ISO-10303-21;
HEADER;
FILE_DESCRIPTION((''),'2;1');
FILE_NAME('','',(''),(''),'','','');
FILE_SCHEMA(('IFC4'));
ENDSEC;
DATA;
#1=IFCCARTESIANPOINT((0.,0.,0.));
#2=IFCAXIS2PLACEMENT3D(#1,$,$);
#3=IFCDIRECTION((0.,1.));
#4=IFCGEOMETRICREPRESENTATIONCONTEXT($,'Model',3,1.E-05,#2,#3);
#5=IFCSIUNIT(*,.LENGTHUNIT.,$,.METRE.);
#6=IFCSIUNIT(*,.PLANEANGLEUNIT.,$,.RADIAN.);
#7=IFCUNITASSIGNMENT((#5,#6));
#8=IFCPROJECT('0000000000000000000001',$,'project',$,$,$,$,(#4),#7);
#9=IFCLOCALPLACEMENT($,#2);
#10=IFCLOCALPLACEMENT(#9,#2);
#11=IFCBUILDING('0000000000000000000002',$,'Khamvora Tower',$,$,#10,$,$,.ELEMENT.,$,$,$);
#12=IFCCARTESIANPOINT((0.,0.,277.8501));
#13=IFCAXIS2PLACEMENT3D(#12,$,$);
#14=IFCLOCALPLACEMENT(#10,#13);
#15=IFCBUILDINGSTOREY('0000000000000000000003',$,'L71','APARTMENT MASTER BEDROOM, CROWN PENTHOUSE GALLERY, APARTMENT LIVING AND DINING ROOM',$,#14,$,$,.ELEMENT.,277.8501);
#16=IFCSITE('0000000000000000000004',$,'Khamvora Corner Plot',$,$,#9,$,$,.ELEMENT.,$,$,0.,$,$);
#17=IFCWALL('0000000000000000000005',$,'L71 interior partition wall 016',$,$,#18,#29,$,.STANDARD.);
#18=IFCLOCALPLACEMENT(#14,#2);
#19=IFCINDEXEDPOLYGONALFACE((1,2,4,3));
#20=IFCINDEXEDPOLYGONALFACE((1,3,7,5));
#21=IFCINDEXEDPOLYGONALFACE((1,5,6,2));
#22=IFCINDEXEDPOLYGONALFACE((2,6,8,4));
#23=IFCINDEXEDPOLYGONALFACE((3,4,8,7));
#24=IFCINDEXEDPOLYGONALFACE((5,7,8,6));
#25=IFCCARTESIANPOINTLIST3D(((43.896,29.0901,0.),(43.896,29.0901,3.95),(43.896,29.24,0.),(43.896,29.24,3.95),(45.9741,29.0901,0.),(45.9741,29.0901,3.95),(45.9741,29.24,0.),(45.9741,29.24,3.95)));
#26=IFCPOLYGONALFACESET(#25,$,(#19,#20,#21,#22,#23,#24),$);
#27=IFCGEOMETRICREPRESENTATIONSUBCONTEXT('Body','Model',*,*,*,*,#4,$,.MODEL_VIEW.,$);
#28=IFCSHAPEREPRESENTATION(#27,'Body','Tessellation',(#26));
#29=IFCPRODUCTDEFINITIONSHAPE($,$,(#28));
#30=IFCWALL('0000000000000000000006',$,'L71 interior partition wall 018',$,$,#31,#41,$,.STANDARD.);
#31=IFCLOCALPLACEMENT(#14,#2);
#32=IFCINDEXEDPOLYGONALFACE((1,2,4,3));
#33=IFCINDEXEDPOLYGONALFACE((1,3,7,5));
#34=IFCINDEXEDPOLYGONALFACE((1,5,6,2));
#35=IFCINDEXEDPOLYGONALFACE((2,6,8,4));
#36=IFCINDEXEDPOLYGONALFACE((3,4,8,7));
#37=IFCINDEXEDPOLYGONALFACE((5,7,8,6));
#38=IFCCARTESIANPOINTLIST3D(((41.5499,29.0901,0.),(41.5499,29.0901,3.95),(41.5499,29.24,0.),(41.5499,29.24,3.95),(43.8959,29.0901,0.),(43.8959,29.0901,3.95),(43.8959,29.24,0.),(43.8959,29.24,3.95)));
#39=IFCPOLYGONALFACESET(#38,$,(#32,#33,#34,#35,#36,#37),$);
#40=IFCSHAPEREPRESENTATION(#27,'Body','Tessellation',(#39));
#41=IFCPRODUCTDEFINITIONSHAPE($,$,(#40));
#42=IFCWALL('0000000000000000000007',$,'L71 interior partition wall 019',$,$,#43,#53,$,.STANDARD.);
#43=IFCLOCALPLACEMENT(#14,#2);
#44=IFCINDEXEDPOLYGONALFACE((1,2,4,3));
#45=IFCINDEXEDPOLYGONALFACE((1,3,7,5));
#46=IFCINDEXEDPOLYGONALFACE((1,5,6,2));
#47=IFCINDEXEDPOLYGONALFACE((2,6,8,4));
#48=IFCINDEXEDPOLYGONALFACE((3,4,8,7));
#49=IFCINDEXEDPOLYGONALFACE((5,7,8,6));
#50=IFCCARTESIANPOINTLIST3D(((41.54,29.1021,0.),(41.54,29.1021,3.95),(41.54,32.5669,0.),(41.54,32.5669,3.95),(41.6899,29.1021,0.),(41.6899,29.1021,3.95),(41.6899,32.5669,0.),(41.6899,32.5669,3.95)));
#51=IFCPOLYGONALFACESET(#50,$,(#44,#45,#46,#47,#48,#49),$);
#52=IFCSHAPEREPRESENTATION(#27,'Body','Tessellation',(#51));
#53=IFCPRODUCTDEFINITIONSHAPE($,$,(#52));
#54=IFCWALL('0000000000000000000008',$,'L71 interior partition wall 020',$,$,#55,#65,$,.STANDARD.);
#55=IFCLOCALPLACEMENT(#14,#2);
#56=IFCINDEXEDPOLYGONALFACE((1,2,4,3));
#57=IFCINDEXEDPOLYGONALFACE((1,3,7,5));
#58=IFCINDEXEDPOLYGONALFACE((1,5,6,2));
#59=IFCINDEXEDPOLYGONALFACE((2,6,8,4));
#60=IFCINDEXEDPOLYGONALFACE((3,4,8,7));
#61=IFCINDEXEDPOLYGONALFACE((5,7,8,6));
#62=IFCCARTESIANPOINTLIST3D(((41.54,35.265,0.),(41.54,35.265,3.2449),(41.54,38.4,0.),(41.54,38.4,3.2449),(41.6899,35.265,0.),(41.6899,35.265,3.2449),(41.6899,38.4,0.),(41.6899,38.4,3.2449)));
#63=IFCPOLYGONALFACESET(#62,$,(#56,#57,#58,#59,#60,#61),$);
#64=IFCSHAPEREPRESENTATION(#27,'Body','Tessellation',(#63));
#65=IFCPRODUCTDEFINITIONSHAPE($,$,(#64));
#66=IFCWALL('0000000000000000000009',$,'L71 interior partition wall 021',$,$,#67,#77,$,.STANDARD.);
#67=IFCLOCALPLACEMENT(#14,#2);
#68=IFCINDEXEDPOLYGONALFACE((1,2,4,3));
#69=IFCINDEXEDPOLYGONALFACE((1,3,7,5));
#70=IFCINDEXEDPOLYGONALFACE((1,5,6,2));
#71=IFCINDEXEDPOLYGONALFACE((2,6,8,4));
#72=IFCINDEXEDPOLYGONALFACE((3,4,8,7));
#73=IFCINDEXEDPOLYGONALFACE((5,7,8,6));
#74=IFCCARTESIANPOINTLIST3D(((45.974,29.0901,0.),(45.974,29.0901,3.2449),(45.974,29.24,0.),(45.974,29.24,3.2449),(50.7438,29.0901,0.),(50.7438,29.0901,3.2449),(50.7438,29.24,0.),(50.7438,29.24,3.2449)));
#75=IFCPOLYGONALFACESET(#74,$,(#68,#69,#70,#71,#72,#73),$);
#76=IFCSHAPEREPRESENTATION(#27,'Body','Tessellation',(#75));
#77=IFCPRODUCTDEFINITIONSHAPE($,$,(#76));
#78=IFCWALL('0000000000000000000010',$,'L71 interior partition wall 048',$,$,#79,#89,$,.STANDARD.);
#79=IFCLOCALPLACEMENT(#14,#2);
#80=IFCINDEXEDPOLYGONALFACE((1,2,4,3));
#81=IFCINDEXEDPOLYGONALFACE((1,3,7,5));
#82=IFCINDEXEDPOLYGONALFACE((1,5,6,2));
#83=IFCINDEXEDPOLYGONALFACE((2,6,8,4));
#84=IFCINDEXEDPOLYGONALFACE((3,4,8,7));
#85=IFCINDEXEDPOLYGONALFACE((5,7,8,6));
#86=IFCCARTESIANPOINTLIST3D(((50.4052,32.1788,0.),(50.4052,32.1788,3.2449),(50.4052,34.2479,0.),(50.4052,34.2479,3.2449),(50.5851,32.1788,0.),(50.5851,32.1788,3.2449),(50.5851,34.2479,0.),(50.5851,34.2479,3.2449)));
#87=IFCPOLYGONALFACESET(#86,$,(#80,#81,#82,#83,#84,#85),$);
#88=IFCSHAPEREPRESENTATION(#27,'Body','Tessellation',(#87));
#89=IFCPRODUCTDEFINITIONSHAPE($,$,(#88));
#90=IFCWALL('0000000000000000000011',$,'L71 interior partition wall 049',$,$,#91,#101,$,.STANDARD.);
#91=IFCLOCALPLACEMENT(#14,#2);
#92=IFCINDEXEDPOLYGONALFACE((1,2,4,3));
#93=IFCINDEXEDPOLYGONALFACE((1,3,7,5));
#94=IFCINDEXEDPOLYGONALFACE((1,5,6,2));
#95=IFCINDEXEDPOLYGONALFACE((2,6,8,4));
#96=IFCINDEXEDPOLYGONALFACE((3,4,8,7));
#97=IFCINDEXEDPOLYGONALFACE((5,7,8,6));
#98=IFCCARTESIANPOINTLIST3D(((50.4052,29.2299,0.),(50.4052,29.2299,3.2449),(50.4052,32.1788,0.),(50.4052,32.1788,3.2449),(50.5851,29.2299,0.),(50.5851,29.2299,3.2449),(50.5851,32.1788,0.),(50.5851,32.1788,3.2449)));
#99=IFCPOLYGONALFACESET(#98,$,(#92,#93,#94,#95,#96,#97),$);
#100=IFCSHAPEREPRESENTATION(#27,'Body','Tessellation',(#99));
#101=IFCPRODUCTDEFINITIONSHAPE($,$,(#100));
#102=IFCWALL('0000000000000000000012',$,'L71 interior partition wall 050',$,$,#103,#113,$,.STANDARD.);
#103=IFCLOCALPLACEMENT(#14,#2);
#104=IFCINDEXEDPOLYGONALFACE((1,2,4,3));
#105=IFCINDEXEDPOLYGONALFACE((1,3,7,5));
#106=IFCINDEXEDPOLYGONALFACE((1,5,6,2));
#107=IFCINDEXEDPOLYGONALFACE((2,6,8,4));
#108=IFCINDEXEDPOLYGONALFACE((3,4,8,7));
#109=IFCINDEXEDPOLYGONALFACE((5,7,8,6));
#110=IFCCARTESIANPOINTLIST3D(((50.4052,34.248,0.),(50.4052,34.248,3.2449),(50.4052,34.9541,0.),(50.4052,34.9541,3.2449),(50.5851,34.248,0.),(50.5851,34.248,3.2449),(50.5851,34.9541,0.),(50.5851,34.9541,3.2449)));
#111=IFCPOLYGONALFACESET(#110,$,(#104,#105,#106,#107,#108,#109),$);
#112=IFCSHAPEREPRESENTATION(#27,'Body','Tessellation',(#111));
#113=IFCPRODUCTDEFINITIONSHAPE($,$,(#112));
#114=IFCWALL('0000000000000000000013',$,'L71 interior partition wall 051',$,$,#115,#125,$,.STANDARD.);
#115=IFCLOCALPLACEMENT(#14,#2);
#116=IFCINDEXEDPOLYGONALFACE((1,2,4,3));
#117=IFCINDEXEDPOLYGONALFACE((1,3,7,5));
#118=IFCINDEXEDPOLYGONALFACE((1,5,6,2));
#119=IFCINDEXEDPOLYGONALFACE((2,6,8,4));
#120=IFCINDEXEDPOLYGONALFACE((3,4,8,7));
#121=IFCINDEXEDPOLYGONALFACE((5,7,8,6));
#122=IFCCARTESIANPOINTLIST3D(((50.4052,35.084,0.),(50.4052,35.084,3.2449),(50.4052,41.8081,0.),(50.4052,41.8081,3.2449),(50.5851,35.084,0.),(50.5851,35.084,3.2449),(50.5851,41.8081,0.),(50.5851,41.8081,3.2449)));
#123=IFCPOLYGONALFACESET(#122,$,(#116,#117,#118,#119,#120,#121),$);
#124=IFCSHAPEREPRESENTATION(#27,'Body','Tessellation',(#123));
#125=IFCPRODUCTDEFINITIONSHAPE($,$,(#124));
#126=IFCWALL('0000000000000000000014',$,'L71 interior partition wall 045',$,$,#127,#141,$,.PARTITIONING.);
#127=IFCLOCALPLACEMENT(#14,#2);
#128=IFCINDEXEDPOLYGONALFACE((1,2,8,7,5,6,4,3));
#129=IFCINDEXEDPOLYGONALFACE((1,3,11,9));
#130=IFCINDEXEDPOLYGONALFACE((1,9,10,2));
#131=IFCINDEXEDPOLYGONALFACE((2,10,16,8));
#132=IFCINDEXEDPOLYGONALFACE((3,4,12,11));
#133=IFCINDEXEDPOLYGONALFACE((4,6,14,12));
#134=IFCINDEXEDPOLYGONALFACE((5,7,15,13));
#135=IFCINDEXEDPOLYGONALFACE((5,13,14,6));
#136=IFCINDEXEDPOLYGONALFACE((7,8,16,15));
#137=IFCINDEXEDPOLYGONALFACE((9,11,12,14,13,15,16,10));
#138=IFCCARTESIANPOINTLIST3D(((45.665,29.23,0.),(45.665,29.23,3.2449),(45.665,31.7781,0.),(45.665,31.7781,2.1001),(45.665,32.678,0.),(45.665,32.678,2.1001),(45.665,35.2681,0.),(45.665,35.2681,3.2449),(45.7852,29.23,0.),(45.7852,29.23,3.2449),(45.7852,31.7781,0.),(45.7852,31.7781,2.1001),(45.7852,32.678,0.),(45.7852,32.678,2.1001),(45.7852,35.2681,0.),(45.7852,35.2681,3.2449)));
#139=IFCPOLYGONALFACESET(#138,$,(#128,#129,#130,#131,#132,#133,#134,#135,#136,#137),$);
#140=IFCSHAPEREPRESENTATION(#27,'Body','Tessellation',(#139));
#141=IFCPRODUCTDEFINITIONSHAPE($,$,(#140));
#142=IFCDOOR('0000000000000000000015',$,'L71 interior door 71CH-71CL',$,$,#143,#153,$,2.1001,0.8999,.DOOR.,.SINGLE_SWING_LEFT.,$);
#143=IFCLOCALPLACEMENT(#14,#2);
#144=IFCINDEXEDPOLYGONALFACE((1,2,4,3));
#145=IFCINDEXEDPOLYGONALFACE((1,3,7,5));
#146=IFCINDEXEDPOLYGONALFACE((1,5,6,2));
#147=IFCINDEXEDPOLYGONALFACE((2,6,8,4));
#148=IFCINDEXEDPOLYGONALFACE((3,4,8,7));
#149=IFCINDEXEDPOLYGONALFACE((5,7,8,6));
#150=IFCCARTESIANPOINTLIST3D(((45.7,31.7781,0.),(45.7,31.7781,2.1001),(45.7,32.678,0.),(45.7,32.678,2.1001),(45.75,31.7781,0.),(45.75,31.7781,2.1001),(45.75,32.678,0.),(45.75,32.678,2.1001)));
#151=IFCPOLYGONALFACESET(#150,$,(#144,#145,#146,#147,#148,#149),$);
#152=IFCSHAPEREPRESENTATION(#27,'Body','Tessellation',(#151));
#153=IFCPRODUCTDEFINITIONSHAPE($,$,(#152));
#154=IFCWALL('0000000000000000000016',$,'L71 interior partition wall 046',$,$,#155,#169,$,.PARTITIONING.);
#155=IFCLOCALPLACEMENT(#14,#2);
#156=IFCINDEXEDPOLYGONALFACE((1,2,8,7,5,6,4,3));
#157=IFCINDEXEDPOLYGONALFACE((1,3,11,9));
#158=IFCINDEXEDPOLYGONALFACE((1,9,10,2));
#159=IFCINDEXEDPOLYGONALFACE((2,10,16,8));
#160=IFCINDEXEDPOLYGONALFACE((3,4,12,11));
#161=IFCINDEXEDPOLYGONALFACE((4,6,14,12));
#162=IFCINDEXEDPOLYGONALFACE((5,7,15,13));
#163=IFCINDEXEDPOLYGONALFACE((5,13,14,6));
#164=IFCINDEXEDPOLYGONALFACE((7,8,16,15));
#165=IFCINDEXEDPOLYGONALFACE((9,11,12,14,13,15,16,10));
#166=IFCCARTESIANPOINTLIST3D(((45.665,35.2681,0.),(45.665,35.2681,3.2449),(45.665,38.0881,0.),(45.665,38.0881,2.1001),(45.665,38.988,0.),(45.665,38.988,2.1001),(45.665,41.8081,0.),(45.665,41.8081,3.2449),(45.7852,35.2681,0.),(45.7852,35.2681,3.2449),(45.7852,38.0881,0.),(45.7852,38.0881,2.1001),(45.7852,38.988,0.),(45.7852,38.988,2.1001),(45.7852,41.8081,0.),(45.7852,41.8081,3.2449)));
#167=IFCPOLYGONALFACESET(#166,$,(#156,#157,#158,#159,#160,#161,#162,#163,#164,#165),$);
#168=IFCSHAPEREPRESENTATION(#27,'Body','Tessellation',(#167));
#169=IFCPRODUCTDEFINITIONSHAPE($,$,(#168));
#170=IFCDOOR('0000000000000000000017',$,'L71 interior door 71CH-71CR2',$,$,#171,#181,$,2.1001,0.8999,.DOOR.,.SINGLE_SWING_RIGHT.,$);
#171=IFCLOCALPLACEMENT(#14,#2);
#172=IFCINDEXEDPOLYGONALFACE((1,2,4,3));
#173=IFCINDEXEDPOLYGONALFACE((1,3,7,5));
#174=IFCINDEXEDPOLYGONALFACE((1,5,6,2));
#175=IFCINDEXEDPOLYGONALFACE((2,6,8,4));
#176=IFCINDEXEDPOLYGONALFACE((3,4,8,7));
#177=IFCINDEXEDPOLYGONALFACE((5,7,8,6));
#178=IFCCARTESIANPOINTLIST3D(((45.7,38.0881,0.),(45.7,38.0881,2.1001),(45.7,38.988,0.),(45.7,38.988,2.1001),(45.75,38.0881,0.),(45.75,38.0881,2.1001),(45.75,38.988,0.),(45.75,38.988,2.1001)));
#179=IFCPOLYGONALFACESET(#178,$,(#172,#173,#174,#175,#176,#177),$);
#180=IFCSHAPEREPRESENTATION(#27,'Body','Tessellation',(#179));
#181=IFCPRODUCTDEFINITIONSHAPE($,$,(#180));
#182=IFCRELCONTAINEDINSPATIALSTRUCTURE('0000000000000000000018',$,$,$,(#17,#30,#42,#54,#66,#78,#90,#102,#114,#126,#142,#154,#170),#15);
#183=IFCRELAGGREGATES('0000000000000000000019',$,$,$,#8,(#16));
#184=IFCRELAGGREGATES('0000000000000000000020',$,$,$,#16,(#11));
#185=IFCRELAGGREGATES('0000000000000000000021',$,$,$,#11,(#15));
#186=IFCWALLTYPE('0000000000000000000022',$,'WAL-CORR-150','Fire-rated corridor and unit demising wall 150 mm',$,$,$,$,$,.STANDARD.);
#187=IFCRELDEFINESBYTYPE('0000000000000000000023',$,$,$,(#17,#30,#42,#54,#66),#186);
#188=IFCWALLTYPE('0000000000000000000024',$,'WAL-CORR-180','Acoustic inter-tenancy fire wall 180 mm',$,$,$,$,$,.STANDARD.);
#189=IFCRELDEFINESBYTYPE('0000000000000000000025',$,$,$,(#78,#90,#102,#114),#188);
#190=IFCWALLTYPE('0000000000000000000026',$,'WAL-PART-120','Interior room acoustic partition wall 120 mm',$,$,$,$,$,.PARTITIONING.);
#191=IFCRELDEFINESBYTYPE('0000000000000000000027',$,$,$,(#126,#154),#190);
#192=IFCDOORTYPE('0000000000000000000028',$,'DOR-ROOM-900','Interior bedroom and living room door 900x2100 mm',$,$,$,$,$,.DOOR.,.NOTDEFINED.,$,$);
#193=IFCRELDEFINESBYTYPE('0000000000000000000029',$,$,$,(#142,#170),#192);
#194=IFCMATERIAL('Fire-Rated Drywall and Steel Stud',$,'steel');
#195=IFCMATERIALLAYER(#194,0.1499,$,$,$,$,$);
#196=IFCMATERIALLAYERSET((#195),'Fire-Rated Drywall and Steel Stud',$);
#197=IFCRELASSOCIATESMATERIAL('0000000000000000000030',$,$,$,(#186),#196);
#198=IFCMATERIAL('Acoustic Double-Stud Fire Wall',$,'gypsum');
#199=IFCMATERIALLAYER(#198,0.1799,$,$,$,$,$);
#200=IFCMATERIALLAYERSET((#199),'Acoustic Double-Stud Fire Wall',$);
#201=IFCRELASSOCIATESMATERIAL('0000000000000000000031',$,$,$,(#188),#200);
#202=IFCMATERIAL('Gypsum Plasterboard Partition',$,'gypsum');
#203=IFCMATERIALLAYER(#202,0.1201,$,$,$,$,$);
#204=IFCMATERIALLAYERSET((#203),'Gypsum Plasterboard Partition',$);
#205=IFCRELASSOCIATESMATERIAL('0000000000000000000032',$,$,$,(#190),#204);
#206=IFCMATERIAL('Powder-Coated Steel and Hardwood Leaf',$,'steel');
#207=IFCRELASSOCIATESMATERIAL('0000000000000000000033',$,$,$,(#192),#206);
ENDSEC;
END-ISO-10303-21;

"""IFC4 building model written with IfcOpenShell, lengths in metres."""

from ifc_helpers import new_model, si_unit, direction, frame, frame_2d, origin, place, context, subcontext, project, spatial, rectangle, extrude, material, layer, layer_set, type_object, element, fill, save


model = new_model("IFC4")

# Units and contexts
model_context = context("Model", 3, precision=1e-05, world=origin(), true_north=direction((0.0, 1.0)))
body_context = subcontext(model_context, "Body", "Model", "MODEL_VIEW")
ifc_project = project(units=[si_unit("LENGTHUNIT", "METRE"), si_unit("PLANEANGLEUNIT", "RADIAN")], contexts=[model_context])

# Site, building, storey
site_placement = place(None, origin())
site = spatial("IfcSite", under=ifc_project, at=site_placement, Name="Khamvora Corner Plot", CompositionType="ELEMENT", RefElevation=0.0)
building_placement = place(site_placement, origin())
building = spatial("IfcBuilding", under=site, at=building_placement, Name="Khamvora Tower", CompositionType="ELEMENT")
storey_placement = place(building_placement, frame((0.0, 0.0, 277.8501)))
storey = spatial("IfcBuildingStorey", under=building, at=storey_placement, Name="L71", Description="APARTMENT MASTER BEDROOM, CROWN PENTHOUSE GALLERY, APARTMENT LIVING AND DINING ROOM", CompositionType="ELEMENT", Elevation=277.8501)

# Wall
ifc_material_1 = material(Name="Fire-Rated Drywall and Steel Stud", Category="steel")
ifc_layer_1 = layer(ifc_material_1, 0.1499)
ifc_layer_set_1 = layer_set([ifc_layer_1], Name="Fire-Rated Drywall and Steel Stud")
wall_type_1 = type_object("IfcWallType", Name="WAL-CORR-150", Description="Fire-rated corridor and unit demising wall 150 mm", PredefinedType="STANDARD", material=ifc_layer_set_1)
wall_1_placement = place(storey_placement, frame((43.896, 29.165, 0.0), z_axis=(0.0, 0.0, 1.0), x_axis=(1.0, 0.0, 0.0)))
element("IfcWall", 1, at=wall_1_placement, inside=storey, type_object=wall_type_1, Name="L71 interior partition wall 016", PredefinedType="STANDARD", context=body_context, shape_type="SweptSolid", body=[
    extrude(rectangle(XDim=2.0781, YDim=0.1499, at=frame_2d((1.0391, 0.0))), origin(), (0.0, 0.0, 1.0), 3.95),
])

# Shared definitions
ifc_material_2 = material(Name="Powder-Coated Steel and Hardwood Leaf", Category="steel")

# Walls
wall_2_placement = place(storey_placement, frame((41.55, 29.165, 0.0), z_axis=(0.0, 0.0, 1.0), x_axis=(1.0, 0.0, 0.0)))
element("IfcWall", 2, at=wall_2_placement, inside=storey, type_object=wall_type_1, Name="L71 interior partition wall 018", PredefinedType="STANDARD", context=body_context, shape_type="SweptSolid", body=[
    extrude(rectangle(XDim=2.3459, YDim=0.1499, at=frame_2d((1.1729, 0.0))), origin(), (0.0, 0.0, 1.0), 3.95),
])
wall_3_placement = place(storey_placement, frame((41.615, 32.5669, 0.0), z_axis=(0.0, 0.0, 1.0), x_axis=(0.0, -1.0, 0.0)))
element("IfcWall", 3, at=wall_3_placement, inside=storey, type_object=wall_type_1, Name="L71 interior partition wall 019", PredefinedType="STANDARD", context=body_context, shape_type="SweptSolid", body=[
    extrude(rectangle(XDim=3.4648, YDim=0.1499, at=frame_2d((1.7324, 0.0))), origin(), (0.0, 0.0, 1.0), 3.95),
])
wall_4_placement = place(storey_placement, frame((41.615, 38.3999, 0.0), z_axis=(0.0, 0.0, 1.0), x_axis=(0.0, -1.0, 0.0)))
element("IfcWall", 4, at=wall_4_placement, inside=storey, type_object=wall_type_1, Name="L71 interior partition wall 020", PredefinedType="STANDARD", context=body_context, shape_type="SweptSolid", body=[
    extrude(rectangle(XDim=3.135, YDim=0.1499, at=frame_2d((1.5674, 0.0))), origin(), (0.0, 0.0, 1.0), 3.2449),
])
wall_5_placement = place(storey_placement, frame((45.9741, 29.165, 0.0), z_axis=(0.0, 0.0, 1.0), x_axis=(1.0, 0.0, 0.0)))
element("IfcWall", 5, at=wall_5_placement, inside=storey, type_object=wall_type_1, Name="L71 interior partition wall 021", PredefinedType="STANDARD", context=body_context, shape_type="SweptSolid", body=[
    extrude(rectangle(XDim=4.7698, YDim=0.1499, at=frame_2d((2.3848, 0.0))), origin(), (0.0, 0.0, 1.0), 3.2449),
])
ifc_material_3 = material(Name="Acoustic Double-Stud Fire Wall", Category="gypsum")
ifc_layer_2 = layer(ifc_material_3, 0.1799)
ifc_layer_set_2 = layer_set([ifc_layer_2], Name="Acoustic Double-Stud Fire Wall")
wall_type_2 = type_object("IfcWallType", Name="WAL-CORR-180", Description="Acoustic inter-tenancy fire wall 180 mm", PredefinedType="STANDARD", material=ifc_layer_set_2)
wall_6_placement = place(storey_placement, frame((50.4951, 34.248, 0.0), z_axis=(0.0, 0.0, 1.0), x_axis=(0.0, -1.0, 0.0)))
element("IfcWall", 6, at=wall_6_placement, inside=storey, type_object=wall_type_2, Name="L71 interior partition wall 048", PredefinedType="STANDARD", context=body_context, shape_type="SweptSolid", body=[
    extrude(rectangle(XDim=2.0691, YDim=0.1799, at=frame_2d((1.0347, 0.0))), origin(), (0.0, 0.0, 1.0), 3.2449),
])
wall_7_placement = place(storey_placement, frame((50.4951, 32.179, 0.0), z_axis=(0.0, 0.0, 1.0), x_axis=(0.0, -1.0, 0.0)))
element("IfcWall", 7, at=wall_7_placement, inside=storey, type_object=wall_type_2, Name="L71 interior partition wall 049", PredefinedType="STANDARD", context=body_context, shape_type="SweptSolid", body=[
    extrude(rectangle(XDim=2.949, YDim=0.1799, at=frame_2d((1.4746, 0.0))), origin(), (0.0, 0.0, 1.0), 3.2449),
])
wall_8_placement = place(storey_placement, frame((50.4951, 34.9541, 0.0), z_axis=(0.0, 0.0, 1.0), x_axis=(0.0, -1.0, 0.0)))
element("IfcWall", 8, at=wall_8_placement, inside=storey, type_object=wall_type_2, Name="L71 interior partition wall 050", PredefinedType="STANDARD", context=body_context, shape_type="SweptSolid", body=[
    extrude(rectangle(XDim=0.7061, YDim=0.1799, at=frame_2d((0.353, 0.0))), origin(), (0.0, 0.0, 1.0), 3.2449),
])
wall_9_placement = place(storey_placement, frame((50.4951, 41.8081, 0.0), z_axis=(0.0, 0.0, 1.0), x_axis=(0.0, -1.0, 0.0)))
element("IfcWall", 9, at=wall_9_placement, inside=storey, type_object=wall_type_2, Name="L71 interior partition wall 051", PredefinedType="STANDARD", context=body_context, shape_type="SweptSolid", body=[
    extrude(rectangle(XDim=6.7241, YDim=0.1799, at=frame_2d((3.3621, 0.0))), origin(), (0.0, 0.0, 1.0), 3.2449),
])

# Walls, openings, doors
ifc_material_4 = material(Name="Gypsum Plasterboard Partition", Category="gypsum")
ifc_layer_3 = layer(ifc_material_4, 0.1201)
ifc_layer_set_3 = layer_set([ifc_layer_3], Name="Gypsum Plasterboard Partition")
wall_type_3 = type_object("IfcWallType", Name="WAL-PART-120", Description="Interior room acoustic partition wall 120 mm", PredefinedType="PARTITIONING", material=ifc_layer_set_3)
wall_10_placement = place(storey_placement, frame((45.7251, 35.2681, 0.0), z_axis=(0.0, 0.0, 1.0), x_axis=(0.0, -1.0, 0.0)))
wall_10 = element("IfcWall", 10, at=wall_10_placement, inside=storey, type_object=wall_type_3, Name="L71 interior partition wall 045", PredefinedType="PARTITIONING", context=body_context, shape_type="SweptSolid", body=[
    extrude(rectangle(XDim=6.0381, YDim=0.1201, at=frame_2d((3.019, 0.0))), origin(), (0.0, 0.0, 1.0), 3.2449),
])
opening_1_placement = place(wall_10_placement, frame((2.5901, 0.0, 0.0)))
opening_1 = element("IfcOpeningElement", 11, at=opening_1_placement, cuts=wall_10, PredefinedType="OPENING", context=body_context, shape_type="SweptSolid", body=[
    extrude(rectangle(XDim=0.8999, YDim=2.1001, at=frame_2d((0.45, 1.05))), frame((0.0, 0.0701, 0.0), z_axis=(0.0, -1.0, 0.0), x_axis=(1.0, 0.0, 0.0)), (0.0, 0.0, 1.0), 0.1401),
])
door_type_1 = type_object("IfcDoorType", Name="DOR-ROOM-900", Description="Interior bedroom and living room door 900x2100 mm", OperationType="NOTDEFINED", PredefinedType="DOOR", material=ifc_material_2)
door_1_placement = place(opening_1_placement, origin())
door_1 = element("IfcDoor", 12, at=door_1_placement, inside=storey, type_object=door_type_1, Name="L71 interior door 71CH-71CL", OperationType="SINGLE_SWING_LEFT", OverallHeight=2.1001, OverallWidth=0.8999, PredefinedType="DOOR", context=body_context, shape_type="SweptSolid", body=[
    extrude(rectangle(XDim=0.8999, YDim=2.1001, at=frame_2d((0.45, 1.05))), frame((0.0, 0.0249, 0.0), z_axis=(0.0, -1.0, 0.0), x_axis=(1.0, 0.0, 0.0)), (0.0, 0.0, 1.0), 0.05),
])
fill(opening_1, door_1)
wall_11_placement = place(storey_placement, frame((45.7251, 41.8081, 0.0), z_axis=(0.0, 0.0, 1.0), x_axis=(0.0, -1.0, 0.0)))
wall_11 = element("IfcWall", 13, at=wall_11_placement, inside=storey, type_object=wall_type_3, Name="L71 interior partition wall 046", PredefinedType="PARTITIONING", context=body_context, shape_type="SweptSolid", body=[
    extrude(rectangle(XDim=6.54, YDim=0.1201, at=frame_2d((3.27, 0.0))), origin(), (0.0, 0.0, 1.0), 3.2449),
])
opening_2_placement = place(wall_11_placement, frame((2.8201, 0.0, 0.0)))
opening_2 = element("IfcOpeningElement", 14, at=opening_2_placement, cuts=wall_11, PredefinedType="OPENING", context=body_context, shape_type="SweptSolid", body=[
    extrude(rectangle(XDim=0.8999, YDim=2.1001, at=frame_2d((0.45, 1.05))), frame((0.0, 0.0701, 0.0), z_axis=(0.0, -1.0, 0.0), x_axis=(1.0, 0.0, 0.0)), (0.0, 0.0, 1.0), 0.1401),
])
door_2_placement = place(opening_2_placement, origin())
door_2 = element("IfcDoor", 15, at=door_2_placement, inside=storey, type_object=door_type_1, Name="L71 interior door 71CH-71CR2", OperationType="SINGLE_SWING_RIGHT", OverallHeight=2.1001, OverallWidth=0.8999, PredefinedType="DOOR", context=body_context, shape_type="SweptSolid", body=[
    extrude(rectangle(XDim=0.8999, YDim=2.1001, at=frame_2d((0.45, 1.05))), frame((0.0, 0.0249, 0.0), z_axis=(0.0, -1.0, 0.0), x_axis=(1.0, 0.0, 0.0)), (0.0, 0.0, 1.0), 0.05),
])
fill(opening_2, door_2)

save(model, "model.ifc")
